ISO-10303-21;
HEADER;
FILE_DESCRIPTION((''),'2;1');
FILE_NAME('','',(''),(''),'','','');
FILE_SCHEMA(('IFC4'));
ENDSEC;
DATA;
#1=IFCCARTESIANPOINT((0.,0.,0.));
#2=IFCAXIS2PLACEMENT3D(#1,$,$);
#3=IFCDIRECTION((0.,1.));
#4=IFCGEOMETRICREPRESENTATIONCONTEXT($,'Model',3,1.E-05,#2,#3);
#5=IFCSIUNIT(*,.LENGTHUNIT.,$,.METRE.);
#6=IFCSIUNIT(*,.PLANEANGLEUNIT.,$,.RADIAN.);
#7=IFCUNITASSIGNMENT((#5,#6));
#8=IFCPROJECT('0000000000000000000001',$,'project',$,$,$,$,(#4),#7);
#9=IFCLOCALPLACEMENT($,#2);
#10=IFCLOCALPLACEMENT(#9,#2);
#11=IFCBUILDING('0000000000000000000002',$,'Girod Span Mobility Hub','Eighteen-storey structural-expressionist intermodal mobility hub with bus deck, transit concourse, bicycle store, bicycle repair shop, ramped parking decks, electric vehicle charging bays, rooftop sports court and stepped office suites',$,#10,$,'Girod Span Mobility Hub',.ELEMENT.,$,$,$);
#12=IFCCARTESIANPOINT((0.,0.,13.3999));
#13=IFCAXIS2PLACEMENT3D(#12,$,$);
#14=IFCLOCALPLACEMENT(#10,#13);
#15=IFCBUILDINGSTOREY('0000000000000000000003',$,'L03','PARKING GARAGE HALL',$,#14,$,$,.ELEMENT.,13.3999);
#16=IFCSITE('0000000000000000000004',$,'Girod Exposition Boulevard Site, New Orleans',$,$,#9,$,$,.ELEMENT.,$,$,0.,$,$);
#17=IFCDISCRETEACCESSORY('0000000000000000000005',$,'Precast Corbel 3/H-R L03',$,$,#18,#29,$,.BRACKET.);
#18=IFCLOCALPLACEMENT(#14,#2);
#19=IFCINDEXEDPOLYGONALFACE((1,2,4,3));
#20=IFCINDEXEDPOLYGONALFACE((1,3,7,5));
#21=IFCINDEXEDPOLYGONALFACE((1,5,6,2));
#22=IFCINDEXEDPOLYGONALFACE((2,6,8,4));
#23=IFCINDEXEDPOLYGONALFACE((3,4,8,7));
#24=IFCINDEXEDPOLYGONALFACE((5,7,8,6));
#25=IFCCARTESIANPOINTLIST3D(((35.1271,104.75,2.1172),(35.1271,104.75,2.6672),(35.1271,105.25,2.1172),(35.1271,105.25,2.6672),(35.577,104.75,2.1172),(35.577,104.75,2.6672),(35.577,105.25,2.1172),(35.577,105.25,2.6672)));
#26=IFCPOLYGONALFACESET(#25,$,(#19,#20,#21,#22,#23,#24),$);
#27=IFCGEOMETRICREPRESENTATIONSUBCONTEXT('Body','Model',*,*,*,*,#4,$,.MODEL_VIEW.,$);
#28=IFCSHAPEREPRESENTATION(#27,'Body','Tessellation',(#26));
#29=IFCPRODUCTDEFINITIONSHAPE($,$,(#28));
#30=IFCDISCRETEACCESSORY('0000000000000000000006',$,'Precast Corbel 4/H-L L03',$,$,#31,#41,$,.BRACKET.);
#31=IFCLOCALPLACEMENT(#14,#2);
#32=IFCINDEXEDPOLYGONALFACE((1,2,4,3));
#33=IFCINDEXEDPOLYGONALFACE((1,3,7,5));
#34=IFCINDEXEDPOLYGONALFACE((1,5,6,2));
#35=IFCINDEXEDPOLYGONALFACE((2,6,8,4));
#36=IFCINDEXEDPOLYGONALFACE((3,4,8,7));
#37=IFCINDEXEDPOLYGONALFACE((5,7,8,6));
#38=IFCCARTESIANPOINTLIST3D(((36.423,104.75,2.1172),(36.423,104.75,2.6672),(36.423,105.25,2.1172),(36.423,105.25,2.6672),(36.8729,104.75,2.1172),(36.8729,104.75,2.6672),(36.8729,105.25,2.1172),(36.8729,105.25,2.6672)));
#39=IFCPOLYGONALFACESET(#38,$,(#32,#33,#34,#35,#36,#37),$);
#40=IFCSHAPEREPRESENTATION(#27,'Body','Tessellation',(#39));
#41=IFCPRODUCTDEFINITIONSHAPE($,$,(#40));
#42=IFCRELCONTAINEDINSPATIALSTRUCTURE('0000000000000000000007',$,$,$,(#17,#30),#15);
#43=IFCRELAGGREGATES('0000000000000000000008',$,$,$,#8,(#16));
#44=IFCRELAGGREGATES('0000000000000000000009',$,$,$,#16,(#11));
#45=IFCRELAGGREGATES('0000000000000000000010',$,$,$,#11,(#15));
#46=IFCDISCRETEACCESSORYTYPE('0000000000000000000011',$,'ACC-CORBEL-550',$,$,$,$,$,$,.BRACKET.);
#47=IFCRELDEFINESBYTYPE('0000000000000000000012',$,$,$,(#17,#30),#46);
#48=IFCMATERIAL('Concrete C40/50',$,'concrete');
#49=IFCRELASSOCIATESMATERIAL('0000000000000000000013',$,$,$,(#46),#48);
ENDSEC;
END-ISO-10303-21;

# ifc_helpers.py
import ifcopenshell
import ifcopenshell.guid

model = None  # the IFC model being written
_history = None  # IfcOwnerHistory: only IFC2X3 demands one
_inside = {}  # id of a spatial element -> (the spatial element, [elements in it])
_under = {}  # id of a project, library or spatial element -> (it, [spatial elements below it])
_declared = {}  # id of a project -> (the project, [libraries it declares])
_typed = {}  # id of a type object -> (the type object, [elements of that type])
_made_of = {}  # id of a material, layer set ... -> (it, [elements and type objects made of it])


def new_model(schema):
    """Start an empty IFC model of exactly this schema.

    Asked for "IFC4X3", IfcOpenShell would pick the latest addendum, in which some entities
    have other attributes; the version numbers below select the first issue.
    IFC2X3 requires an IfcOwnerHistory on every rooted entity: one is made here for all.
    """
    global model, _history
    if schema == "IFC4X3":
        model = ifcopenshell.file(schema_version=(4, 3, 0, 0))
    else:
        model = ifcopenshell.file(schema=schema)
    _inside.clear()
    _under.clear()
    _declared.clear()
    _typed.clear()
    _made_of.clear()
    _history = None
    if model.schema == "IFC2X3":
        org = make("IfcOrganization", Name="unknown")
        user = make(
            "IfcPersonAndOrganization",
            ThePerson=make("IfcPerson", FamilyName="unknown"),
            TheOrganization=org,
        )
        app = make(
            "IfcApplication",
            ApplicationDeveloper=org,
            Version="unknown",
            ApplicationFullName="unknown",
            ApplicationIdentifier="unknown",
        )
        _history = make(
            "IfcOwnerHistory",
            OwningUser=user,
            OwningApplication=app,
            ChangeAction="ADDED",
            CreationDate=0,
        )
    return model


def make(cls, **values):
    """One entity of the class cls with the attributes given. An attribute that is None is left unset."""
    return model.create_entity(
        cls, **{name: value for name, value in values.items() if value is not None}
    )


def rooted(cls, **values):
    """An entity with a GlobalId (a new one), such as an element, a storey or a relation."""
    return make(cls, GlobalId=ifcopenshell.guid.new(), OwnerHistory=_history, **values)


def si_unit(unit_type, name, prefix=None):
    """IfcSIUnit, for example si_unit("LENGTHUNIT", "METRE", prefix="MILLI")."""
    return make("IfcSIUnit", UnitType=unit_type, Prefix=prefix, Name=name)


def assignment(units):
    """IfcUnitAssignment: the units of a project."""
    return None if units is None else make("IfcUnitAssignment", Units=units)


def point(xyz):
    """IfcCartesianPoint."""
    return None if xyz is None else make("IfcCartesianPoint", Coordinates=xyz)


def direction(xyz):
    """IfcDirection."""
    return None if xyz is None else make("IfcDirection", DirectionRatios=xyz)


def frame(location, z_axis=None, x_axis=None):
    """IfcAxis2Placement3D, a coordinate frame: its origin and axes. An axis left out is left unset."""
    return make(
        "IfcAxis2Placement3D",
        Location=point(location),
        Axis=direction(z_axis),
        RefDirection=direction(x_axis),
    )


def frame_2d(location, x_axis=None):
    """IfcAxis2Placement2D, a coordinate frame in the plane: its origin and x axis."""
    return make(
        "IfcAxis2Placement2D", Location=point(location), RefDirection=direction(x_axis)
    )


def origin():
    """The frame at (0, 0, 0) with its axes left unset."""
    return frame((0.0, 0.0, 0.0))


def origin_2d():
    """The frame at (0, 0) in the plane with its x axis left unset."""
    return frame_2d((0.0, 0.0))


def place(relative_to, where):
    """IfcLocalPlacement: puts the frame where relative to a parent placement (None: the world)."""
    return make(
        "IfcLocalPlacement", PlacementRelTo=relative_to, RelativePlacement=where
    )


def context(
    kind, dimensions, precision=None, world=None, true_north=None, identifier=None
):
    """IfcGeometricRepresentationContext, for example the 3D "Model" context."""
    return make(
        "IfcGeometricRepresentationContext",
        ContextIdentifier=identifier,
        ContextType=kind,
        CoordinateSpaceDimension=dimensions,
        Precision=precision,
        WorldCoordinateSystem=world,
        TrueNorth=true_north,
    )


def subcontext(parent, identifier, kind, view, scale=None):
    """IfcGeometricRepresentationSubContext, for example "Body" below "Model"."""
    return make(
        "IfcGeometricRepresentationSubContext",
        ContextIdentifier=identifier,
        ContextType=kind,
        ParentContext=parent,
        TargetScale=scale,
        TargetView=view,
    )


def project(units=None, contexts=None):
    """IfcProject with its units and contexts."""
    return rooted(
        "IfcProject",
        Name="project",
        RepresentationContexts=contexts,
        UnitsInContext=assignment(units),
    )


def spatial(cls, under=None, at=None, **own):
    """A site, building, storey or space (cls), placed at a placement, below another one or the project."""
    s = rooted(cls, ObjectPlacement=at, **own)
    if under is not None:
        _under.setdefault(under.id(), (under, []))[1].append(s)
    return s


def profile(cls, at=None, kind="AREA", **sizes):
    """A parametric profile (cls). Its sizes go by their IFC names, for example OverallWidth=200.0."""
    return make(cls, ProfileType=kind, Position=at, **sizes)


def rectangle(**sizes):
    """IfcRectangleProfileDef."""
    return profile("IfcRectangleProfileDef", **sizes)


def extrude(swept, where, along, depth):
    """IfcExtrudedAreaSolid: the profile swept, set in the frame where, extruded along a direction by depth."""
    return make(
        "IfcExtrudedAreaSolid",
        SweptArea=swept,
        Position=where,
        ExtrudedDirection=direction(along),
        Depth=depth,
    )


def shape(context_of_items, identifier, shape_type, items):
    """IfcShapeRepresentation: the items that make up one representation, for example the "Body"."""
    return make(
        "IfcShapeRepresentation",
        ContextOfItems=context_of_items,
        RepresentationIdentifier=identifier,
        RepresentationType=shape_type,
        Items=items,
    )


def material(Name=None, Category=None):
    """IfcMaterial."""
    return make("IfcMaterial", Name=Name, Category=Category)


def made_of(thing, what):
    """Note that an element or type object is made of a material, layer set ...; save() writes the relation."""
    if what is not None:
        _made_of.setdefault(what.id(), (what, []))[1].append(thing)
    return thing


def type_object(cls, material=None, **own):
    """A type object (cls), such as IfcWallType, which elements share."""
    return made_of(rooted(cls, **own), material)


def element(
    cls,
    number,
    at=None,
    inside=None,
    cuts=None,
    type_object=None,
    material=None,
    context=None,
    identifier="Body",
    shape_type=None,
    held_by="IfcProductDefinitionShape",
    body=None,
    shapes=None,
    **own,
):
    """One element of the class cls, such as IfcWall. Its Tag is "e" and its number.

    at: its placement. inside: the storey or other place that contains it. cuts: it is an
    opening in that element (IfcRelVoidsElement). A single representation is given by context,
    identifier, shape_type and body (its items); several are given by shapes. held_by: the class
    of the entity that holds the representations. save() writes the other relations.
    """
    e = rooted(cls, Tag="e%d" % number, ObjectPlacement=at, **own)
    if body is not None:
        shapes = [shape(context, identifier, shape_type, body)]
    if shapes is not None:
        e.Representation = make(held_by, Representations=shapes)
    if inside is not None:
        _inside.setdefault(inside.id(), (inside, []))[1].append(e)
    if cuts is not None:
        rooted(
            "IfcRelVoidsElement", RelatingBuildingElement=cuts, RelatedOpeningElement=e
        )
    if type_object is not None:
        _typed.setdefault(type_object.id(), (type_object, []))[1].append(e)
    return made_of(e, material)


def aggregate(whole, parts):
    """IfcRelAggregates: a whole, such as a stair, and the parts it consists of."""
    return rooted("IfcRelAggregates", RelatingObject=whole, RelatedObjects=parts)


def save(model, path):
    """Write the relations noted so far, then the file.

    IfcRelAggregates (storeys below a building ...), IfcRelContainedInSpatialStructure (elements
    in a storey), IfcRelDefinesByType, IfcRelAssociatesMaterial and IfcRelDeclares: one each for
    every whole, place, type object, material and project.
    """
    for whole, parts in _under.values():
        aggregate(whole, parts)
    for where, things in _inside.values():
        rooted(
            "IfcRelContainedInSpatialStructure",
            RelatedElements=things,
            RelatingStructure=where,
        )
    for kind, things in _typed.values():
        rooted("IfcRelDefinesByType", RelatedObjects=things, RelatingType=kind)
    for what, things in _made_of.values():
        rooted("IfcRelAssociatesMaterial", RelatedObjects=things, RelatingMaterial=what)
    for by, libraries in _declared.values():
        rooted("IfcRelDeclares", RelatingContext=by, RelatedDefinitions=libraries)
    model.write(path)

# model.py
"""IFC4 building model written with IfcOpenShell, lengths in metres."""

from ifc_helpers import new_model, si_unit, direction, frame, origin, origin_2d, place, context, subcontext, project, spatial, rectangle, extrude, material, type_object, element, save


model = new_model("IFC4")

# Units and contexts
model_context = context("Model", 3, precision=1e-05, world=origin(), true_north=direction((0.0, 1.0)))
body_context = subcontext(model_context, "Body", "Model", "MODEL_VIEW")
ifc_project = project(units=[si_unit("LENGTHUNIT", "METRE"), si_unit("PLANEANGLEUNIT", "RADIAN")], contexts=[model_context])

# Site, building, storey
site_placement = place(None, origin())
site = spatial("IfcSite", under=ifc_project, at=site_placement, Name="Girod Exposition Boulevard Site, New Orleans", CompositionType="ELEMENT", RefElevation=0.0)
building_placement = place(site_placement, origin())
building = spatial("IfcBuilding", under=site, at=building_placement, Name="Girod Span Mobility Hub", Description="Eighteen-storey structural-expressionist intermodal mobility hub with bus deck, transit concourse, bicycle store, bicycle repair shop, ramped parking decks, electric vehicle charging bays, rooftop sports court and stepped office suites", LongName="Girod Span Mobility Hub", CompositionType="ELEMENT")
storey_placement = place(building_placement, frame((0.0, 0.0, 13.3999)))
storey = spatial("IfcBuildingStorey", under=building, at=storey_placement, Name="L03", Description="PARKING GARAGE HALL", CompositionType="ELEMENT", Elevation=13.3999)

# Discrete accessories
ifc_material_1 = material(Name="Concrete C40/50", Category="concrete")
discrete_accessory_type = type_object("IfcDiscreteAccessoryType", Name="ACC-CORBEL-550", PredefinedType="BRACKET", material=ifc_material_1)
for number, where, z_axis, x_axis, name in (
    (1, (35.3521, 105.0, 2.1172), (0.0, 0.0, 1.0), (1.0, 0.0, 0.0), "Precast Corbel 3/H-R L03"),
    (2, (36.6479, 105.0, 2.1172), (0.0, 0.0, 1.0), (1.0, 0.0, 0.0), "Precast Corbel 4/H-L L03"),
):
    element("IfcDiscreteAccessory", number, at=place(storey_placement, frame(where, z_axis=z_axis, x_axis=x_axis)), inside=storey, type_object=discrete_accessory_type, Name=name, PredefinedType="BRACKET", context=body_context, shape_type="SweptSolid", body=[
        extrude(rectangle(XDim=0.45, YDim=0.5, at=origin_2d()), origin(), (0.0, 0.0, 1.0), 0.55),
    ])

save(model, "model.ifc")
